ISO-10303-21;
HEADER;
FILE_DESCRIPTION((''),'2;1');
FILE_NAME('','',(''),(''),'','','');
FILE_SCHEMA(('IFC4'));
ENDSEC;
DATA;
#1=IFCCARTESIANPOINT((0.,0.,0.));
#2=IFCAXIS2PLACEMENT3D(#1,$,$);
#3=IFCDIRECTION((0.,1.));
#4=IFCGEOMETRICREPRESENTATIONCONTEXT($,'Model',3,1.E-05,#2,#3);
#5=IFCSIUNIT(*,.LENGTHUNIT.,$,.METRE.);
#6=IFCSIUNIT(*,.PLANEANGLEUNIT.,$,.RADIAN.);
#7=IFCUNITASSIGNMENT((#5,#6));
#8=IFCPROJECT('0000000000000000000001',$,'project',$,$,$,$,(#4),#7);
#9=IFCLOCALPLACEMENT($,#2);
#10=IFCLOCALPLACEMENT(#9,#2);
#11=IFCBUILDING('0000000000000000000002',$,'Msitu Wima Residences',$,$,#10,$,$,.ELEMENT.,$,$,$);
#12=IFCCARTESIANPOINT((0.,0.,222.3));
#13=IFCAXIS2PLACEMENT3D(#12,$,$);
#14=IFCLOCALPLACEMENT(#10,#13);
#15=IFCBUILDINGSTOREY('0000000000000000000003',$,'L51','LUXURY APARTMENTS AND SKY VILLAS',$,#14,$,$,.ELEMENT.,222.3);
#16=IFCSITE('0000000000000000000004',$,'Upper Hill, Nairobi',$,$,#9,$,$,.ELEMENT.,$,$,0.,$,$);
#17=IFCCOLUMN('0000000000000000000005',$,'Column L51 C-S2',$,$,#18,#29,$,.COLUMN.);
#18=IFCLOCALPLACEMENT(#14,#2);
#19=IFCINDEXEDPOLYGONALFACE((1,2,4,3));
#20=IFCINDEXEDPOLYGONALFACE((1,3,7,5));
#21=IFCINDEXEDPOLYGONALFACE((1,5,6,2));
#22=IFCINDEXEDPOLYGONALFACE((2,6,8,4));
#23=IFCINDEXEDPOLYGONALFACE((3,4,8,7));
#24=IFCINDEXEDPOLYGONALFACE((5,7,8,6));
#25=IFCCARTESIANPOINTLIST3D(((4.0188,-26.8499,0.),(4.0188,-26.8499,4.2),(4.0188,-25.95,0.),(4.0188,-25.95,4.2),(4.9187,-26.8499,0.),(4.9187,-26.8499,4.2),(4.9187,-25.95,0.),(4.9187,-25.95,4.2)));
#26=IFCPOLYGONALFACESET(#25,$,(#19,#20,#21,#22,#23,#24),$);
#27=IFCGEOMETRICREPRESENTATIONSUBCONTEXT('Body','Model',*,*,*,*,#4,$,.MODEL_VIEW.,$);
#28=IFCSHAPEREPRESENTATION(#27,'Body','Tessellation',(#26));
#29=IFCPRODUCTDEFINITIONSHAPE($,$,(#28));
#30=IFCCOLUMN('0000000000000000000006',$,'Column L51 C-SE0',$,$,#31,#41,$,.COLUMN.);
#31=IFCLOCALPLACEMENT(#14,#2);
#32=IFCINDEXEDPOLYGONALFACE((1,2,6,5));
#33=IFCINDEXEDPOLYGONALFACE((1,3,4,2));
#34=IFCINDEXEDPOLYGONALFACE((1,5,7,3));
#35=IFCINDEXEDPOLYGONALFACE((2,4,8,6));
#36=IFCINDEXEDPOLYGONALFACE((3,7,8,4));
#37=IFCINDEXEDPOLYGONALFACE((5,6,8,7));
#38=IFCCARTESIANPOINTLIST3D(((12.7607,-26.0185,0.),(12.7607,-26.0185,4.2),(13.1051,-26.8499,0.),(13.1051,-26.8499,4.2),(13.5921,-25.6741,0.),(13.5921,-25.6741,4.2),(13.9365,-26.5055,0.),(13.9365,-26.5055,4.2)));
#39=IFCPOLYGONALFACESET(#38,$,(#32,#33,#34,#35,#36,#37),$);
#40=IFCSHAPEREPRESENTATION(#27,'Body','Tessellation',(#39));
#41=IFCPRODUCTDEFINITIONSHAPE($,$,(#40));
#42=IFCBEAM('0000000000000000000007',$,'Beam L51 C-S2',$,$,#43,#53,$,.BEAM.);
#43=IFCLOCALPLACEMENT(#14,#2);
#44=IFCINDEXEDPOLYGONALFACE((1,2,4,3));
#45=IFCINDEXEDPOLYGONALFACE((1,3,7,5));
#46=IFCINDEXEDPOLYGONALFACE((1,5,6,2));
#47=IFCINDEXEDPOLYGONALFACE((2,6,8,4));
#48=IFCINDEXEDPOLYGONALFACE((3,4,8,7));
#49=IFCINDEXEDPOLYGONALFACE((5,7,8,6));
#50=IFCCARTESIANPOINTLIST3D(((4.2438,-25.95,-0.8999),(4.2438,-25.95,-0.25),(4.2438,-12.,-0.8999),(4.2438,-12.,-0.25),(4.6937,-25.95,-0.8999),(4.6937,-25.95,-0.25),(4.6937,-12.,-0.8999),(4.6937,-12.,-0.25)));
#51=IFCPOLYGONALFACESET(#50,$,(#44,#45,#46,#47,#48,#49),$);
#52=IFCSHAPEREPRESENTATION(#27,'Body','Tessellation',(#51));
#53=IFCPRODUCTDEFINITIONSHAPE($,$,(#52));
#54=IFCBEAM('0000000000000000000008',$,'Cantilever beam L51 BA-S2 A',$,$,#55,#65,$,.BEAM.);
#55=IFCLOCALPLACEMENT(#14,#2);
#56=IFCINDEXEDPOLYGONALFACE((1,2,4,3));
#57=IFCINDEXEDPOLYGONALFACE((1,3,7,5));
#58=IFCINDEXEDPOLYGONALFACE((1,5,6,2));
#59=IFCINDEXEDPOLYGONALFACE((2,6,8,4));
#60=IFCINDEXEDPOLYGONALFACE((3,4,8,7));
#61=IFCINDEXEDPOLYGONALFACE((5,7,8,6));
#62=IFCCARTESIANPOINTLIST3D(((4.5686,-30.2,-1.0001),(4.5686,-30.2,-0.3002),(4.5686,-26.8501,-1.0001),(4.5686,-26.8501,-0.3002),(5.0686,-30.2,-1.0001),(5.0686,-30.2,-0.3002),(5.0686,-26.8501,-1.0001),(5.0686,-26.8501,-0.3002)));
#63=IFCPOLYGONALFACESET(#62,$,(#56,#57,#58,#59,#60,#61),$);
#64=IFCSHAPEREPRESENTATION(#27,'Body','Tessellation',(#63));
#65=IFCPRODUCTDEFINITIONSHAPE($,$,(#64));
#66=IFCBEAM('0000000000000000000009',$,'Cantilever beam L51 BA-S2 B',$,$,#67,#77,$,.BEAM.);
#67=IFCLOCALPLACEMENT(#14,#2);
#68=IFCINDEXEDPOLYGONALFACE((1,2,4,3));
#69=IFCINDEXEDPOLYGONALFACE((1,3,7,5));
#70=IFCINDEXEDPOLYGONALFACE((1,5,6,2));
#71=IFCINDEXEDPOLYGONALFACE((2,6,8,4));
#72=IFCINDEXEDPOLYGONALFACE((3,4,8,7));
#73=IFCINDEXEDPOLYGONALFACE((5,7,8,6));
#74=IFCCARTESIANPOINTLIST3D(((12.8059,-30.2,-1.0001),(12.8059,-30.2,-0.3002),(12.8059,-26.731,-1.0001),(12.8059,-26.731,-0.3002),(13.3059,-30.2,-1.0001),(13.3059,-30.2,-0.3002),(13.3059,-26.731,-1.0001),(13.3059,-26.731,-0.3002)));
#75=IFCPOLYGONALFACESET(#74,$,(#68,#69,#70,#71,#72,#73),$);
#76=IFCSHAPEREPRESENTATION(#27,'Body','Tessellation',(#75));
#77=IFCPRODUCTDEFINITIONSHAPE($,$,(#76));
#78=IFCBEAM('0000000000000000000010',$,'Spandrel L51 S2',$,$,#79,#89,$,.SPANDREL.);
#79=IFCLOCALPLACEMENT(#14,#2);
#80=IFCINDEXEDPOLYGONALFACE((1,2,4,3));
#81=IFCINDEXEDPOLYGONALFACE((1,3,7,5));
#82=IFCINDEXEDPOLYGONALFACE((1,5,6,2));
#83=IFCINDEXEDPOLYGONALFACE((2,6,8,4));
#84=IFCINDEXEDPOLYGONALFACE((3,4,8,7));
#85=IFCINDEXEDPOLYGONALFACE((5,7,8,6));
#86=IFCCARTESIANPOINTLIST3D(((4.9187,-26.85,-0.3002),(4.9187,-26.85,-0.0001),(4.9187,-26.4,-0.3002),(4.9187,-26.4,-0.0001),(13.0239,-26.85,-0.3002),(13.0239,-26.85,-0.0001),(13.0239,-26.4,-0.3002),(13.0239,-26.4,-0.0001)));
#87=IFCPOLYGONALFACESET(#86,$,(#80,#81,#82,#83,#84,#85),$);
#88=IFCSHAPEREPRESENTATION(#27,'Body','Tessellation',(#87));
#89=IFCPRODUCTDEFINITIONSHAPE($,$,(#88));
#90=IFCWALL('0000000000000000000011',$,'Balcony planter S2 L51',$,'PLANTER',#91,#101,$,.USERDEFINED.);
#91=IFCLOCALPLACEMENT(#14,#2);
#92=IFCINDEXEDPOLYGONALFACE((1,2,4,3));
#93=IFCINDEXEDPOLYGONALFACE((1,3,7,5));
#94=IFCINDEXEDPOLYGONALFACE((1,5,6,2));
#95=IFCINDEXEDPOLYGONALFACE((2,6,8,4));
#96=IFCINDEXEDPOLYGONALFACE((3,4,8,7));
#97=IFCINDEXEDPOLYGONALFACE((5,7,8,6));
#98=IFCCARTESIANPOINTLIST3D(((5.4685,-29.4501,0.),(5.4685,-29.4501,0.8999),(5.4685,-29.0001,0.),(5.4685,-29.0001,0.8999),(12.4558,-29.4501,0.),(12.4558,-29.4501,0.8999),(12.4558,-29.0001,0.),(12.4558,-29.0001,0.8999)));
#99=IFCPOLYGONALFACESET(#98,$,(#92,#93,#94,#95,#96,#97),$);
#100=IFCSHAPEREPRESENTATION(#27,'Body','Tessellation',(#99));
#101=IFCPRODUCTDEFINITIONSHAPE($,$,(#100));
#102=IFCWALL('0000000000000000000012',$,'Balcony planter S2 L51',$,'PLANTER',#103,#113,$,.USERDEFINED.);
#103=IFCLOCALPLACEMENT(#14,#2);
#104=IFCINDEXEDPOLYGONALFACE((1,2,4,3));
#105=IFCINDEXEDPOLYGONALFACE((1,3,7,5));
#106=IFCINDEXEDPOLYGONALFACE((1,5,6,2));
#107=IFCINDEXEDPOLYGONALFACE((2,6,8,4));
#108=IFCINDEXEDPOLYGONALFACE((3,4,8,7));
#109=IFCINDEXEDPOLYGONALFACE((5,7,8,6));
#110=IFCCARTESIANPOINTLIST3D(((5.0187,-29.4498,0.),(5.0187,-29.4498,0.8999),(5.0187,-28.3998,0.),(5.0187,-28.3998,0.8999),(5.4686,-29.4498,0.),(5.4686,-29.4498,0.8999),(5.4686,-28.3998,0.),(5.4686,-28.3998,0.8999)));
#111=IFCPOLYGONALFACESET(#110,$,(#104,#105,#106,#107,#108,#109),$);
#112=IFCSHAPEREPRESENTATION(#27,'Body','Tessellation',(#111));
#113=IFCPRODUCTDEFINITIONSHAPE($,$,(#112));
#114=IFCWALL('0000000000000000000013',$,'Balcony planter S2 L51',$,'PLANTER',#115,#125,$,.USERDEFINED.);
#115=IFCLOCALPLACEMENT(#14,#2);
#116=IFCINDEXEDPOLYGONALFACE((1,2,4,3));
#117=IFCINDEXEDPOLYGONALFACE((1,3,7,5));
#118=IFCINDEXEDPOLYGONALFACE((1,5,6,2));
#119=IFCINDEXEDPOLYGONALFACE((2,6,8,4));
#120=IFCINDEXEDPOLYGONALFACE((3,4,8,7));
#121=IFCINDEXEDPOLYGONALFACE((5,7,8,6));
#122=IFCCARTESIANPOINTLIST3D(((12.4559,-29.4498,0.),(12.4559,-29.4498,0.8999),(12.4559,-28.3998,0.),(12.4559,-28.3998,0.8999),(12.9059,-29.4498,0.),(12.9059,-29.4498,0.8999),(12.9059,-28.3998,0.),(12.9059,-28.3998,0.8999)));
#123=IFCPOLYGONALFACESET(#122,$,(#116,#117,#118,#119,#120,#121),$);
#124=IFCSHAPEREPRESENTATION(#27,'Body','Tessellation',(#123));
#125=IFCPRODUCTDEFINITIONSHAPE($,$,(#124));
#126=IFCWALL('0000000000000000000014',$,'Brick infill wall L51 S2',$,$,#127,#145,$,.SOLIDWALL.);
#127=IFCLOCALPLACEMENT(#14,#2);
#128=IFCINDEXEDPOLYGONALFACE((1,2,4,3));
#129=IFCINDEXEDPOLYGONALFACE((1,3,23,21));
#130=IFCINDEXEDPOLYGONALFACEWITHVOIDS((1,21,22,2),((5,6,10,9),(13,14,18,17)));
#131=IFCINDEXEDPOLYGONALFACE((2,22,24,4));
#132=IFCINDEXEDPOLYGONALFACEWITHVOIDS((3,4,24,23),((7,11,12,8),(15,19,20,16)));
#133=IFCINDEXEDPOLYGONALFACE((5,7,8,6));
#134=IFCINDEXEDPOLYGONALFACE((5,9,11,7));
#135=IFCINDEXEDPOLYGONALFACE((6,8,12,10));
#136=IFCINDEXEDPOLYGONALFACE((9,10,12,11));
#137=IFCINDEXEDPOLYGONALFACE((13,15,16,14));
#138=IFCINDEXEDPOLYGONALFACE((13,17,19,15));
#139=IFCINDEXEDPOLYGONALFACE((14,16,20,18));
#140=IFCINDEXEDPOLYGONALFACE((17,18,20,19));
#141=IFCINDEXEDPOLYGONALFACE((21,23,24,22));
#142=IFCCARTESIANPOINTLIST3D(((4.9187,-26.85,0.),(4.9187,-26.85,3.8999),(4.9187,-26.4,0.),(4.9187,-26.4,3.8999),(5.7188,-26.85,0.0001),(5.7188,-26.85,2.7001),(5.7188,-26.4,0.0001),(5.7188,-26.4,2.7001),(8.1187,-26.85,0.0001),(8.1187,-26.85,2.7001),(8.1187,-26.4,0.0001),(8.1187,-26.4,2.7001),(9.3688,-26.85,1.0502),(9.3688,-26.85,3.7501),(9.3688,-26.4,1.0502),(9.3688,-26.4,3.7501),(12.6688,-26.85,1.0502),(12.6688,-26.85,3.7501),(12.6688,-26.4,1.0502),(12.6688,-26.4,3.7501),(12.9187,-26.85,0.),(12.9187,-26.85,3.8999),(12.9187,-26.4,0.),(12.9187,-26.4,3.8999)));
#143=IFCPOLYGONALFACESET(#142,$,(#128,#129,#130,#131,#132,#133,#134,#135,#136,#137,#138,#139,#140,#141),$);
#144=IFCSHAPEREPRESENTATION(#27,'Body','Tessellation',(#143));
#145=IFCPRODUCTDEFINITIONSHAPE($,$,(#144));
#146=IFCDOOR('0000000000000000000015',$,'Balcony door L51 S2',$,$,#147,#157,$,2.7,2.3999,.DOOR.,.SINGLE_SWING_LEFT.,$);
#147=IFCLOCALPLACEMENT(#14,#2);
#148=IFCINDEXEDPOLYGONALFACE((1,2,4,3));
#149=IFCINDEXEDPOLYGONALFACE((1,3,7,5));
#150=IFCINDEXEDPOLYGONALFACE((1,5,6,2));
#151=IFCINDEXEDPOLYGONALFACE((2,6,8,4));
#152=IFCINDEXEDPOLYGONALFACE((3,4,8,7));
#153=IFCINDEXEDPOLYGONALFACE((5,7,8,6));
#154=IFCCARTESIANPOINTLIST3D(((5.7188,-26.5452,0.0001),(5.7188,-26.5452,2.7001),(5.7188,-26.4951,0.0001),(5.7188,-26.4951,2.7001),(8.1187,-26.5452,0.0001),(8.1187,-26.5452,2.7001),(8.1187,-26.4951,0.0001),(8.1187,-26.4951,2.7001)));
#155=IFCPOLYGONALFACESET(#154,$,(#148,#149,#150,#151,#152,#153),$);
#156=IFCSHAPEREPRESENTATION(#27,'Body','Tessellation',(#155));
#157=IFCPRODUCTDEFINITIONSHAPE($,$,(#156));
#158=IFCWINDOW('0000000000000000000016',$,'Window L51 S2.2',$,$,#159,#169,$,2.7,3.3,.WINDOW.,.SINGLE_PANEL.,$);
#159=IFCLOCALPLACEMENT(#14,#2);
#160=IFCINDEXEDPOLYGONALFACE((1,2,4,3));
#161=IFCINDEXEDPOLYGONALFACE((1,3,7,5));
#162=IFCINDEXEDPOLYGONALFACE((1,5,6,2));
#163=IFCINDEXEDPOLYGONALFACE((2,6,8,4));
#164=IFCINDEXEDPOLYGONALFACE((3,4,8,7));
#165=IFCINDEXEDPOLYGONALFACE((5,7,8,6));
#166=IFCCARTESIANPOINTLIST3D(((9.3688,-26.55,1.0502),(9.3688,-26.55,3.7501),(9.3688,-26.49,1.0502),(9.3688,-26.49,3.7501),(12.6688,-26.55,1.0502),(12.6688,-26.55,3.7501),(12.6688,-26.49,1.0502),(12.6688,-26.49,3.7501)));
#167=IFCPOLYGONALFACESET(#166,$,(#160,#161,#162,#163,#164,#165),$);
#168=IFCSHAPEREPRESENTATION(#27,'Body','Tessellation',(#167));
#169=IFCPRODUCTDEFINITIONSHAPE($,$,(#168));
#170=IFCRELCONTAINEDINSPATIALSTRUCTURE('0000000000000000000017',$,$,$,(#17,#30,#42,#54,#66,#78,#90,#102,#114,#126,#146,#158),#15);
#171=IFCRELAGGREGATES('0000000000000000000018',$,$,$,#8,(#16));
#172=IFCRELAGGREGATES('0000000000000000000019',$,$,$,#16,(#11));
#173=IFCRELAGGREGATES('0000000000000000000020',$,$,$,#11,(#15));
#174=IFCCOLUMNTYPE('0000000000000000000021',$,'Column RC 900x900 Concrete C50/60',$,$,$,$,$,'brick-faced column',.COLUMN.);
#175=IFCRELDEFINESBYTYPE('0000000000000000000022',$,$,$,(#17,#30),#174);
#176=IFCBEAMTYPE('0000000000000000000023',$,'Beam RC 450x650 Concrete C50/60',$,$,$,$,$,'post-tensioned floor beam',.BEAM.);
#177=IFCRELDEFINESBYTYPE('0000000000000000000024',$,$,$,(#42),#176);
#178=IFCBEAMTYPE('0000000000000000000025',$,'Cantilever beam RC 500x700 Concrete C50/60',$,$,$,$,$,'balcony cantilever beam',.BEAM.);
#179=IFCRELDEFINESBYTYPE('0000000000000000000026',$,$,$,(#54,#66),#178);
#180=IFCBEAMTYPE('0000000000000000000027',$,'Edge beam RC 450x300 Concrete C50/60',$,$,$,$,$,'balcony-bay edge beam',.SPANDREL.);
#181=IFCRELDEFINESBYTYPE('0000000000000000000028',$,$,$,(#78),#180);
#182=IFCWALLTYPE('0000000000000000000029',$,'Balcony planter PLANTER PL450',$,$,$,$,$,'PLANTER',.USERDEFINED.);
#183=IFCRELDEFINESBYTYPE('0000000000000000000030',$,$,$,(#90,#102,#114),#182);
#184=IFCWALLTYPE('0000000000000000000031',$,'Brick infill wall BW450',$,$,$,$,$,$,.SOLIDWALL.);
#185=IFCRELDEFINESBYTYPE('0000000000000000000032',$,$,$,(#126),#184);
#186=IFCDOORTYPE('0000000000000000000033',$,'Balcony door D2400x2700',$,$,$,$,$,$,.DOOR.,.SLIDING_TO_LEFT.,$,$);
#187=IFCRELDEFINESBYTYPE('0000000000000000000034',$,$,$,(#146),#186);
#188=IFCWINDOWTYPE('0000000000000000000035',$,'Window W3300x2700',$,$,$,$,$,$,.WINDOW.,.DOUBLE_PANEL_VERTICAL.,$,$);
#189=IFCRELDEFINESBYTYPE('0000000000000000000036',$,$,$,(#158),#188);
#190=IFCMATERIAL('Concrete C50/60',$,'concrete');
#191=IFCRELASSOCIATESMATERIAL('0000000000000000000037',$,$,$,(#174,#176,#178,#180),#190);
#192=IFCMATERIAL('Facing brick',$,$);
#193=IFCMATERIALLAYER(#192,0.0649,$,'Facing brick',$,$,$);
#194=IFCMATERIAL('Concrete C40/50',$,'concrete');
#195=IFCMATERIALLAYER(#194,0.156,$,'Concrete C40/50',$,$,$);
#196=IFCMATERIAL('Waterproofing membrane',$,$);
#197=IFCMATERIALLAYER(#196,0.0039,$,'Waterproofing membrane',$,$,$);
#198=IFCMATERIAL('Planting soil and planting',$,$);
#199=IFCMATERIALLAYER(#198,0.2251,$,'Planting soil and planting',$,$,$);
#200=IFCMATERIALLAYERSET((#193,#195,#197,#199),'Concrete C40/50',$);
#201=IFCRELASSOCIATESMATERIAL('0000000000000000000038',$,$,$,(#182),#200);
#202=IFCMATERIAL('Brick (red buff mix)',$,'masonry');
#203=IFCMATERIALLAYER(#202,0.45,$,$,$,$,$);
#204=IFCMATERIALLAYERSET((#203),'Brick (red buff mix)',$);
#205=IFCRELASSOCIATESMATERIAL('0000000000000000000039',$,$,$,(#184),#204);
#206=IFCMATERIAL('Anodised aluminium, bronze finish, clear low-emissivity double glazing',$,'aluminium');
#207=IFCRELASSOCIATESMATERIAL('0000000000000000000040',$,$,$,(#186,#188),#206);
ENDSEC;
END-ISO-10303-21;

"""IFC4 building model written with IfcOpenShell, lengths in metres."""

from ifc_helpers import new_model, si_unit, direction, frame, frame_2d, origin, origin_2d, place, context, subcontext, project, spatial, rectangle, extrude, material, layer, layer_set, material_profile, profile_set, type_object, element, fill, save


model = new_model("IFC4")

# Units and contexts
model_context = context("Model", 3, precision=1e-05, world=origin(), true_north=direction((0.0, 1.0)))
body_context = subcontext(model_context, "Body", "Model", "MODEL_VIEW")
ifc_project = project(units=[si_unit("LENGTHUNIT", "METRE"), si_unit("PLANEANGLEUNIT", "RADIAN")], contexts=[model_context])

# Site, building, storey
site_placement = place(None, origin())
site = spatial("IfcSite", under=ifc_project, at=site_placement, Name="Upper Hill, Nairobi", CompositionType="ELEMENT", RefElevation=0.0)
building_placement = place(site_placement, origin())
building = spatial("IfcBuilding", under=site, at=building_placement, Name="Msitu Wima Residences", CompositionType="ELEMENT")
storey_placement = place(building_placement, frame((0.0, 0.0, 222.3)))
storey = spatial("IfcBuildingStorey", under=building, at=storey_placement, Name="L51", Description="LUXURY APARTMENTS AND SKY VILLAS", CompositionType="ELEMENT", Elevation=222.3)

# Columns
ifc_material_1 = material(Name="Concrete C50/60", Category="concrete")
ifc_material_profile_1 = material_profile(ifc_material_1, rectangle(XDim=0.8999, YDim=0.8999, at=origin_2d()), Name="RC 900x900")
ifc_profile_set_1 = profile_set([ifc_material_profile_1], Name="Concrete C50/60")
column_type = type_object("IfcColumnType", Name="Column RC 900x900 Concrete C50/60", ElementType="brick-faced column", PredefinedType="COLUMN", material=ifc_profile_set_1)
for number, where, z_axis, x_axis, name in (
    (1, (4.4688, -26.3999, 0.0), (0.0, 0.0, 1.0), (1.0, 0.0, 0.0), "Column L51 C-S2"),
    (2, (13.3486, -26.262, 0.0), (0.0, 0.0, 1.0), (0.92388, 0.382683, 0.0), "Column L51 C-SE0"),
):
    element("IfcColumn", number, at=place(storey_placement, frame(where, z_axis=z_axis, x_axis=x_axis)), inside=storey, type_object=column_type, Name=name, PredefinedType="COLUMN", context=body_context, shape_type="SweptSolid", body=[
        extrude(rectangle(XDim=0.8999, YDim=0.8999, at=origin_2d()), origin(), (0.0, 0.0, 1.0), 4.2),
    ])

# Beams
ifc_material_profile_2 = material_profile(ifc_material_1, rectangle(XDim=0.45, YDim=0.6499, at=origin_2d()), Name="RC 450x650")
ifc_profile_set_2 = profile_set([ifc_material_profile_2], Name="Concrete C50/60")
beam_type_1 = type_object("IfcBeamType", Name="Beam RC 450x650 Concrete C50/60", ElementType="post-tensioned floor beam", PredefinedType="BEAM", material=ifc_profile_set_2)
beam_1_placement = place(storey_placement, frame((4.4688, -25.95, -0.575), z_axis=(0.0, 1.0, 0.0), x_axis=(-1.0, 0.0, 0.0)))
element("IfcBeam", 3, at=beam_1_placement, inside=storey, type_object=beam_type_1, Name="Beam L51 C-S2", PredefinedType="BEAM", context=body_context, shape_type="SweptSolid", body=[
    extrude(rectangle(XDim=0.45, YDim=0.6499, at=origin_2d()), origin(), (0.0, 0.0, 1.0), 13.95),
])
ifc_material_profile_3 = material_profile(ifc_material_1, rectangle(XDim=0.5, YDim=0.7, at=origin_2d()), Name="RC 500x700")
ifc_profile_set_3 = profile_set([ifc_material_profile_3], Name="Concrete C50/60")
beam_type_2 = type_object("IfcBeamType", Name="Cantilever beam RC 500x700 Concrete C50/60", ElementType="balcony cantilever beam", PredefinedType="BEAM", material=ifc_profile_set_3)
beam_2_placement = place(storey_placement, frame((4.8186, -26.8501, -0.6501), z_axis=(0.0, -1.0, 0.0), x_axis=(1.0, 0.0, 0.0)))
element("IfcBeam", 4, at=beam_2_placement, inside=storey, type_object=beam_type_2, Name="Cantilever beam L51 BA-S2 A", PredefinedType="BEAM", context=body_context, shape_type="SweptSolid", body=[
    extrude(rectangle(XDim=0.5, YDim=0.7, at=origin_2d()), origin(), (0.0, 0.0, 1.0), 3.3499),
])
beam_3_placement = place(storey_placement, frame((13.0559, -26.731, -0.6501), z_axis=(0.0, -1.0, 0.0), x_axis=(1.0, 0.0, 0.0)))
element("IfcBeam", 5, at=beam_3_placement, inside=storey, type_object=beam_type_2, Name="Cantilever beam L51 BA-S2 B", PredefinedType="BEAM", context=body_context, shape_type="SweptSolid", body=[
    extrude(rectangle(XDim=0.5, YDim=0.7, at=origin_2d()), origin(), (0.0, 0.0, 1.0), 3.469),
])
ifc_material_profile_4 = material_profile(ifc_material_1, rectangle(XDim=0.45, YDim=0.3, at=origin_2d()), Name="RC 450x300")
ifc_profile_set_4 = profile_set([ifc_material_profile_4], Name="Concrete C50/60")
beam_type_3 = type_object("IfcBeamType", Name="Edge beam RC 450x300 Concrete C50/60", ElementType="balcony-bay edge beam", PredefinedType="SPANDREL", material=ifc_profile_set_4)
beam_4_placement = place(storey_placement, frame((4.9187, -26.625, -0.1501), z_axis=(1.0, 0.0, 0.0), x_axis=(0.0, 1.0, 0.0)))
element("IfcBeam", 6, at=beam_4_placement, inside=storey, type_object=beam_type_3, Name="Spandrel L51 S2", PredefinedType="SPANDREL", context=body_context, shape_type="SweptSolid", body=[
    extrude(rectangle(XDim=0.45, YDim=0.3, at=origin_2d()), origin(), (0.0, 0.0, 1.0), 8.1052),
])

# Walls
ifc_material_2 = material(Name="Facing brick")
ifc_layer_1 = layer(ifc_material_2, 0.0649, Name="Facing brick")
ifc_material_3 = material(Name="Concrete C40/50", Category="concrete")
ifc_layer_2 = layer(ifc_material_3, 0.156, Name="Concrete C40/50")
ifc_material_4 = material(Name="Waterproofing membrane")
ifc_layer_3 = layer(ifc_material_4, 0.0039, Name="Waterproofing membrane")
ifc_material_5 = material(Name="Planting soil and planting")
ifc_layer_4 = layer(ifc_material_5, 0.2251, Name="Planting soil and planting")
ifc_layer_set_1 = layer_set([ifc_layer_1, ifc_layer_2, ifc_layer_3, ifc_layer_4], Name="Concrete C40/50")
wall_type_1 = type_object("IfcWallType", Name="Balcony planter PLANTER PL450", ElementType="PLANTER", PredefinedType="USERDEFINED", material=ifc_layer_set_1)
wall_1_placement = place(storey_placement, frame((5.4685, -29.2251, 0.0), z_axis=(0.0, 0.0, 1.0), x_axis=(1.0, 0.0, 0.0)))
element("IfcWall", 7, at=wall_1_placement, inside=storey, type_object=wall_type_1, Name="Balcony planter S2 L51", ObjectType="PLANTER", PredefinedType="USERDEFINED", context=body_context, shape_type="SweptSolid", body=[
    extrude(rectangle(XDim=6.9873, YDim=0.45, at=frame_2d((3.4937, 0.0))), origin(), (0.0, 0.0, 1.0), 0.8999),
])
for number, where, z_axis, x_axis, name in (
    (8, (5.2437, -28.3999, 0.0), (0.0, 0.0, 1.0), (0.0, -1.0, 0.0), "Balcony planter S2 L51"),
    (9, (12.6809, -28.3999, 0.0), (0.0, 0.0, 1.0), (0.0, -1.0, 0.0), "Balcony planter S2 L51"),
):
    element("IfcWall", number, at=place(storey_placement, frame(where, z_axis=z_axis, x_axis=x_axis)), inside=storey, type_object=wall_type_1, Name=name, ObjectType="PLANTER", PredefinedType="USERDEFINED", context=body_context, shape_type="SweptSolid", body=[
        extrude(rectangle(XDim=1.05, YDim=0.45, at=frame_2d((0.5249, 0.0))), origin(), (0.0, 0.0, 1.0), 0.8999),
    ])

# Wall, openings, door, window
ifc_material_6 = material(Name="Brick (red buff mix)", Category="masonry")
ifc_layer_5 = layer(ifc_material_6, 0.45)
ifc_layer_set_2 = layer_set([ifc_layer_5], Name="Brick (red buff mix)")
wall_type_2 = type_object("IfcWallType", Name="Brick infill wall BW450", PredefinedType="SOLIDWALL", material=ifc_layer_set_2)
wall_2_placement = place(storey_placement, frame((4.9187, -26.625, 0.0), z_axis=(0.0, 0.0, 1.0), x_axis=(1.0, 0.0, 0.0)))
wall_2 = element("IfcWall", 10, at=wall_2_placement, inside=storey, type_object=wall_type_2, Name="Brick infill wall L51 S2", PredefinedType="SOLIDWALL", context=body_context, shape_type="SweptSolid", body=[
    extrude(rectangle(XDim=8.0, YDim=0.45, at=frame_2d((4.0, 0.0))), origin(), (0.0, 0.0, 1.0), 3.8999),
])
opening_1_placement = place(wall_2_placement, frame((0.8, 0.0, 0.0)))
opening_1 = element("IfcOpeningElement", 11, at=opening_1_placement, cuts=wall_2, PredefinedType="OPENING", context=body_context, shape_type="SweptSolid", body=[
    extrude(rectangle(XDim=2.3999, YDim=2.7, at=frame_2d((1.2, 1.3501))), frame((0.0, 0.2349, 0.0), z_axis=(0.0, -1.0, 0.0), x_axis=(1.0, 0.0, 0.0)), (0.0, 0.0, 1.0), 0.47),
])
opening_2_placement = place(wall_2_placement, frame((4.4502, 0.0, 1.05)))
opening_2 = element("IfcOpeningElement", 12, at=opening_2_placement, cuts=wall_2, PredefinedType="OPENING", context=body_context, shape_type="SweptSolid", body=[
    extrude(rectangle(XDim=3.3, YDim=2.7, at=frame_2d((1.6499, 1.3501))), frame((0.0, 0.2349, 0.0), z_axis=(0.0, -1.0, 0.0), x_axis=(1.0, 0.0, 0.0)), (0.0, 0.0, 1.0), 0.47),
])
ifc_material_7 = material(Name="Anodised aluminium, bronze finish, clear low-emissivity double glazing", Category="aluminium")
door_type_1 = type_object("IfcDoorType", Name="Balcony door D2400x2700", OperationType="SLIDING_TO_LEFT", PredefinedType="DOOR", material=ifc_material_7)
door_1_placement = place(opening_1_placement, origin())
door_1 = element("IfcDoor", 13, at=door_1_placement, inside=storey, type_object=door_type_1, Name="Balcony door L51 S2", OperationType="SINGLE_SWING_LEFT", OverallHeight=2.7, OverallWidth=2.3999, PredefinedType="DOOR", context=body_context, shape_type="SweptSolid", body=[
    extrude(rectangle(XDim=2.3999, YDim=2.7, at=frame_2d((1.2, 1.3501))), frame((0.0, 0.1299, 0.0), z_axis=(0.0, -1.0, 0.0), x_axis=(1.0, 0.0, 0.0)), (0.0, 0.0, 1.0), 0.05),
])
fill(opening_1, door_1)
window_type = type_object("IfcWindowType", Name="Window W3300x2700", PartitioningType="DOUBLE_PANEL_VERTICAL", PredefinedType="WINDOW", material=ifc_material_7)
window_placement = place(opening_2_placement, origin())
window = element("IfcWindow", 14, at=window_placement, inside=storey, type_object=window_type, Name="Window L51 S2.2", OverallHeight=2.7, OverallWidth=3.3, PartitioningType="SINGLE_PANEL", PredefinedType="WINDOW", context=body_context, shape_type="SweptSolid", body=[
    extrude(rectangle(XDim=3.3, YDim=2.7, at=frame_2d((1.6499, 1.3501))), frame((0.0, 0.135, 0.0), z_axis=(0.0, -1.0, 0.0), x_axis=(1.0, 0.0, 0.0)), (0.0, 0.0, 1.0), 0.0601),
])
fill(opening_2, window)

save(model, "model.ifc")
